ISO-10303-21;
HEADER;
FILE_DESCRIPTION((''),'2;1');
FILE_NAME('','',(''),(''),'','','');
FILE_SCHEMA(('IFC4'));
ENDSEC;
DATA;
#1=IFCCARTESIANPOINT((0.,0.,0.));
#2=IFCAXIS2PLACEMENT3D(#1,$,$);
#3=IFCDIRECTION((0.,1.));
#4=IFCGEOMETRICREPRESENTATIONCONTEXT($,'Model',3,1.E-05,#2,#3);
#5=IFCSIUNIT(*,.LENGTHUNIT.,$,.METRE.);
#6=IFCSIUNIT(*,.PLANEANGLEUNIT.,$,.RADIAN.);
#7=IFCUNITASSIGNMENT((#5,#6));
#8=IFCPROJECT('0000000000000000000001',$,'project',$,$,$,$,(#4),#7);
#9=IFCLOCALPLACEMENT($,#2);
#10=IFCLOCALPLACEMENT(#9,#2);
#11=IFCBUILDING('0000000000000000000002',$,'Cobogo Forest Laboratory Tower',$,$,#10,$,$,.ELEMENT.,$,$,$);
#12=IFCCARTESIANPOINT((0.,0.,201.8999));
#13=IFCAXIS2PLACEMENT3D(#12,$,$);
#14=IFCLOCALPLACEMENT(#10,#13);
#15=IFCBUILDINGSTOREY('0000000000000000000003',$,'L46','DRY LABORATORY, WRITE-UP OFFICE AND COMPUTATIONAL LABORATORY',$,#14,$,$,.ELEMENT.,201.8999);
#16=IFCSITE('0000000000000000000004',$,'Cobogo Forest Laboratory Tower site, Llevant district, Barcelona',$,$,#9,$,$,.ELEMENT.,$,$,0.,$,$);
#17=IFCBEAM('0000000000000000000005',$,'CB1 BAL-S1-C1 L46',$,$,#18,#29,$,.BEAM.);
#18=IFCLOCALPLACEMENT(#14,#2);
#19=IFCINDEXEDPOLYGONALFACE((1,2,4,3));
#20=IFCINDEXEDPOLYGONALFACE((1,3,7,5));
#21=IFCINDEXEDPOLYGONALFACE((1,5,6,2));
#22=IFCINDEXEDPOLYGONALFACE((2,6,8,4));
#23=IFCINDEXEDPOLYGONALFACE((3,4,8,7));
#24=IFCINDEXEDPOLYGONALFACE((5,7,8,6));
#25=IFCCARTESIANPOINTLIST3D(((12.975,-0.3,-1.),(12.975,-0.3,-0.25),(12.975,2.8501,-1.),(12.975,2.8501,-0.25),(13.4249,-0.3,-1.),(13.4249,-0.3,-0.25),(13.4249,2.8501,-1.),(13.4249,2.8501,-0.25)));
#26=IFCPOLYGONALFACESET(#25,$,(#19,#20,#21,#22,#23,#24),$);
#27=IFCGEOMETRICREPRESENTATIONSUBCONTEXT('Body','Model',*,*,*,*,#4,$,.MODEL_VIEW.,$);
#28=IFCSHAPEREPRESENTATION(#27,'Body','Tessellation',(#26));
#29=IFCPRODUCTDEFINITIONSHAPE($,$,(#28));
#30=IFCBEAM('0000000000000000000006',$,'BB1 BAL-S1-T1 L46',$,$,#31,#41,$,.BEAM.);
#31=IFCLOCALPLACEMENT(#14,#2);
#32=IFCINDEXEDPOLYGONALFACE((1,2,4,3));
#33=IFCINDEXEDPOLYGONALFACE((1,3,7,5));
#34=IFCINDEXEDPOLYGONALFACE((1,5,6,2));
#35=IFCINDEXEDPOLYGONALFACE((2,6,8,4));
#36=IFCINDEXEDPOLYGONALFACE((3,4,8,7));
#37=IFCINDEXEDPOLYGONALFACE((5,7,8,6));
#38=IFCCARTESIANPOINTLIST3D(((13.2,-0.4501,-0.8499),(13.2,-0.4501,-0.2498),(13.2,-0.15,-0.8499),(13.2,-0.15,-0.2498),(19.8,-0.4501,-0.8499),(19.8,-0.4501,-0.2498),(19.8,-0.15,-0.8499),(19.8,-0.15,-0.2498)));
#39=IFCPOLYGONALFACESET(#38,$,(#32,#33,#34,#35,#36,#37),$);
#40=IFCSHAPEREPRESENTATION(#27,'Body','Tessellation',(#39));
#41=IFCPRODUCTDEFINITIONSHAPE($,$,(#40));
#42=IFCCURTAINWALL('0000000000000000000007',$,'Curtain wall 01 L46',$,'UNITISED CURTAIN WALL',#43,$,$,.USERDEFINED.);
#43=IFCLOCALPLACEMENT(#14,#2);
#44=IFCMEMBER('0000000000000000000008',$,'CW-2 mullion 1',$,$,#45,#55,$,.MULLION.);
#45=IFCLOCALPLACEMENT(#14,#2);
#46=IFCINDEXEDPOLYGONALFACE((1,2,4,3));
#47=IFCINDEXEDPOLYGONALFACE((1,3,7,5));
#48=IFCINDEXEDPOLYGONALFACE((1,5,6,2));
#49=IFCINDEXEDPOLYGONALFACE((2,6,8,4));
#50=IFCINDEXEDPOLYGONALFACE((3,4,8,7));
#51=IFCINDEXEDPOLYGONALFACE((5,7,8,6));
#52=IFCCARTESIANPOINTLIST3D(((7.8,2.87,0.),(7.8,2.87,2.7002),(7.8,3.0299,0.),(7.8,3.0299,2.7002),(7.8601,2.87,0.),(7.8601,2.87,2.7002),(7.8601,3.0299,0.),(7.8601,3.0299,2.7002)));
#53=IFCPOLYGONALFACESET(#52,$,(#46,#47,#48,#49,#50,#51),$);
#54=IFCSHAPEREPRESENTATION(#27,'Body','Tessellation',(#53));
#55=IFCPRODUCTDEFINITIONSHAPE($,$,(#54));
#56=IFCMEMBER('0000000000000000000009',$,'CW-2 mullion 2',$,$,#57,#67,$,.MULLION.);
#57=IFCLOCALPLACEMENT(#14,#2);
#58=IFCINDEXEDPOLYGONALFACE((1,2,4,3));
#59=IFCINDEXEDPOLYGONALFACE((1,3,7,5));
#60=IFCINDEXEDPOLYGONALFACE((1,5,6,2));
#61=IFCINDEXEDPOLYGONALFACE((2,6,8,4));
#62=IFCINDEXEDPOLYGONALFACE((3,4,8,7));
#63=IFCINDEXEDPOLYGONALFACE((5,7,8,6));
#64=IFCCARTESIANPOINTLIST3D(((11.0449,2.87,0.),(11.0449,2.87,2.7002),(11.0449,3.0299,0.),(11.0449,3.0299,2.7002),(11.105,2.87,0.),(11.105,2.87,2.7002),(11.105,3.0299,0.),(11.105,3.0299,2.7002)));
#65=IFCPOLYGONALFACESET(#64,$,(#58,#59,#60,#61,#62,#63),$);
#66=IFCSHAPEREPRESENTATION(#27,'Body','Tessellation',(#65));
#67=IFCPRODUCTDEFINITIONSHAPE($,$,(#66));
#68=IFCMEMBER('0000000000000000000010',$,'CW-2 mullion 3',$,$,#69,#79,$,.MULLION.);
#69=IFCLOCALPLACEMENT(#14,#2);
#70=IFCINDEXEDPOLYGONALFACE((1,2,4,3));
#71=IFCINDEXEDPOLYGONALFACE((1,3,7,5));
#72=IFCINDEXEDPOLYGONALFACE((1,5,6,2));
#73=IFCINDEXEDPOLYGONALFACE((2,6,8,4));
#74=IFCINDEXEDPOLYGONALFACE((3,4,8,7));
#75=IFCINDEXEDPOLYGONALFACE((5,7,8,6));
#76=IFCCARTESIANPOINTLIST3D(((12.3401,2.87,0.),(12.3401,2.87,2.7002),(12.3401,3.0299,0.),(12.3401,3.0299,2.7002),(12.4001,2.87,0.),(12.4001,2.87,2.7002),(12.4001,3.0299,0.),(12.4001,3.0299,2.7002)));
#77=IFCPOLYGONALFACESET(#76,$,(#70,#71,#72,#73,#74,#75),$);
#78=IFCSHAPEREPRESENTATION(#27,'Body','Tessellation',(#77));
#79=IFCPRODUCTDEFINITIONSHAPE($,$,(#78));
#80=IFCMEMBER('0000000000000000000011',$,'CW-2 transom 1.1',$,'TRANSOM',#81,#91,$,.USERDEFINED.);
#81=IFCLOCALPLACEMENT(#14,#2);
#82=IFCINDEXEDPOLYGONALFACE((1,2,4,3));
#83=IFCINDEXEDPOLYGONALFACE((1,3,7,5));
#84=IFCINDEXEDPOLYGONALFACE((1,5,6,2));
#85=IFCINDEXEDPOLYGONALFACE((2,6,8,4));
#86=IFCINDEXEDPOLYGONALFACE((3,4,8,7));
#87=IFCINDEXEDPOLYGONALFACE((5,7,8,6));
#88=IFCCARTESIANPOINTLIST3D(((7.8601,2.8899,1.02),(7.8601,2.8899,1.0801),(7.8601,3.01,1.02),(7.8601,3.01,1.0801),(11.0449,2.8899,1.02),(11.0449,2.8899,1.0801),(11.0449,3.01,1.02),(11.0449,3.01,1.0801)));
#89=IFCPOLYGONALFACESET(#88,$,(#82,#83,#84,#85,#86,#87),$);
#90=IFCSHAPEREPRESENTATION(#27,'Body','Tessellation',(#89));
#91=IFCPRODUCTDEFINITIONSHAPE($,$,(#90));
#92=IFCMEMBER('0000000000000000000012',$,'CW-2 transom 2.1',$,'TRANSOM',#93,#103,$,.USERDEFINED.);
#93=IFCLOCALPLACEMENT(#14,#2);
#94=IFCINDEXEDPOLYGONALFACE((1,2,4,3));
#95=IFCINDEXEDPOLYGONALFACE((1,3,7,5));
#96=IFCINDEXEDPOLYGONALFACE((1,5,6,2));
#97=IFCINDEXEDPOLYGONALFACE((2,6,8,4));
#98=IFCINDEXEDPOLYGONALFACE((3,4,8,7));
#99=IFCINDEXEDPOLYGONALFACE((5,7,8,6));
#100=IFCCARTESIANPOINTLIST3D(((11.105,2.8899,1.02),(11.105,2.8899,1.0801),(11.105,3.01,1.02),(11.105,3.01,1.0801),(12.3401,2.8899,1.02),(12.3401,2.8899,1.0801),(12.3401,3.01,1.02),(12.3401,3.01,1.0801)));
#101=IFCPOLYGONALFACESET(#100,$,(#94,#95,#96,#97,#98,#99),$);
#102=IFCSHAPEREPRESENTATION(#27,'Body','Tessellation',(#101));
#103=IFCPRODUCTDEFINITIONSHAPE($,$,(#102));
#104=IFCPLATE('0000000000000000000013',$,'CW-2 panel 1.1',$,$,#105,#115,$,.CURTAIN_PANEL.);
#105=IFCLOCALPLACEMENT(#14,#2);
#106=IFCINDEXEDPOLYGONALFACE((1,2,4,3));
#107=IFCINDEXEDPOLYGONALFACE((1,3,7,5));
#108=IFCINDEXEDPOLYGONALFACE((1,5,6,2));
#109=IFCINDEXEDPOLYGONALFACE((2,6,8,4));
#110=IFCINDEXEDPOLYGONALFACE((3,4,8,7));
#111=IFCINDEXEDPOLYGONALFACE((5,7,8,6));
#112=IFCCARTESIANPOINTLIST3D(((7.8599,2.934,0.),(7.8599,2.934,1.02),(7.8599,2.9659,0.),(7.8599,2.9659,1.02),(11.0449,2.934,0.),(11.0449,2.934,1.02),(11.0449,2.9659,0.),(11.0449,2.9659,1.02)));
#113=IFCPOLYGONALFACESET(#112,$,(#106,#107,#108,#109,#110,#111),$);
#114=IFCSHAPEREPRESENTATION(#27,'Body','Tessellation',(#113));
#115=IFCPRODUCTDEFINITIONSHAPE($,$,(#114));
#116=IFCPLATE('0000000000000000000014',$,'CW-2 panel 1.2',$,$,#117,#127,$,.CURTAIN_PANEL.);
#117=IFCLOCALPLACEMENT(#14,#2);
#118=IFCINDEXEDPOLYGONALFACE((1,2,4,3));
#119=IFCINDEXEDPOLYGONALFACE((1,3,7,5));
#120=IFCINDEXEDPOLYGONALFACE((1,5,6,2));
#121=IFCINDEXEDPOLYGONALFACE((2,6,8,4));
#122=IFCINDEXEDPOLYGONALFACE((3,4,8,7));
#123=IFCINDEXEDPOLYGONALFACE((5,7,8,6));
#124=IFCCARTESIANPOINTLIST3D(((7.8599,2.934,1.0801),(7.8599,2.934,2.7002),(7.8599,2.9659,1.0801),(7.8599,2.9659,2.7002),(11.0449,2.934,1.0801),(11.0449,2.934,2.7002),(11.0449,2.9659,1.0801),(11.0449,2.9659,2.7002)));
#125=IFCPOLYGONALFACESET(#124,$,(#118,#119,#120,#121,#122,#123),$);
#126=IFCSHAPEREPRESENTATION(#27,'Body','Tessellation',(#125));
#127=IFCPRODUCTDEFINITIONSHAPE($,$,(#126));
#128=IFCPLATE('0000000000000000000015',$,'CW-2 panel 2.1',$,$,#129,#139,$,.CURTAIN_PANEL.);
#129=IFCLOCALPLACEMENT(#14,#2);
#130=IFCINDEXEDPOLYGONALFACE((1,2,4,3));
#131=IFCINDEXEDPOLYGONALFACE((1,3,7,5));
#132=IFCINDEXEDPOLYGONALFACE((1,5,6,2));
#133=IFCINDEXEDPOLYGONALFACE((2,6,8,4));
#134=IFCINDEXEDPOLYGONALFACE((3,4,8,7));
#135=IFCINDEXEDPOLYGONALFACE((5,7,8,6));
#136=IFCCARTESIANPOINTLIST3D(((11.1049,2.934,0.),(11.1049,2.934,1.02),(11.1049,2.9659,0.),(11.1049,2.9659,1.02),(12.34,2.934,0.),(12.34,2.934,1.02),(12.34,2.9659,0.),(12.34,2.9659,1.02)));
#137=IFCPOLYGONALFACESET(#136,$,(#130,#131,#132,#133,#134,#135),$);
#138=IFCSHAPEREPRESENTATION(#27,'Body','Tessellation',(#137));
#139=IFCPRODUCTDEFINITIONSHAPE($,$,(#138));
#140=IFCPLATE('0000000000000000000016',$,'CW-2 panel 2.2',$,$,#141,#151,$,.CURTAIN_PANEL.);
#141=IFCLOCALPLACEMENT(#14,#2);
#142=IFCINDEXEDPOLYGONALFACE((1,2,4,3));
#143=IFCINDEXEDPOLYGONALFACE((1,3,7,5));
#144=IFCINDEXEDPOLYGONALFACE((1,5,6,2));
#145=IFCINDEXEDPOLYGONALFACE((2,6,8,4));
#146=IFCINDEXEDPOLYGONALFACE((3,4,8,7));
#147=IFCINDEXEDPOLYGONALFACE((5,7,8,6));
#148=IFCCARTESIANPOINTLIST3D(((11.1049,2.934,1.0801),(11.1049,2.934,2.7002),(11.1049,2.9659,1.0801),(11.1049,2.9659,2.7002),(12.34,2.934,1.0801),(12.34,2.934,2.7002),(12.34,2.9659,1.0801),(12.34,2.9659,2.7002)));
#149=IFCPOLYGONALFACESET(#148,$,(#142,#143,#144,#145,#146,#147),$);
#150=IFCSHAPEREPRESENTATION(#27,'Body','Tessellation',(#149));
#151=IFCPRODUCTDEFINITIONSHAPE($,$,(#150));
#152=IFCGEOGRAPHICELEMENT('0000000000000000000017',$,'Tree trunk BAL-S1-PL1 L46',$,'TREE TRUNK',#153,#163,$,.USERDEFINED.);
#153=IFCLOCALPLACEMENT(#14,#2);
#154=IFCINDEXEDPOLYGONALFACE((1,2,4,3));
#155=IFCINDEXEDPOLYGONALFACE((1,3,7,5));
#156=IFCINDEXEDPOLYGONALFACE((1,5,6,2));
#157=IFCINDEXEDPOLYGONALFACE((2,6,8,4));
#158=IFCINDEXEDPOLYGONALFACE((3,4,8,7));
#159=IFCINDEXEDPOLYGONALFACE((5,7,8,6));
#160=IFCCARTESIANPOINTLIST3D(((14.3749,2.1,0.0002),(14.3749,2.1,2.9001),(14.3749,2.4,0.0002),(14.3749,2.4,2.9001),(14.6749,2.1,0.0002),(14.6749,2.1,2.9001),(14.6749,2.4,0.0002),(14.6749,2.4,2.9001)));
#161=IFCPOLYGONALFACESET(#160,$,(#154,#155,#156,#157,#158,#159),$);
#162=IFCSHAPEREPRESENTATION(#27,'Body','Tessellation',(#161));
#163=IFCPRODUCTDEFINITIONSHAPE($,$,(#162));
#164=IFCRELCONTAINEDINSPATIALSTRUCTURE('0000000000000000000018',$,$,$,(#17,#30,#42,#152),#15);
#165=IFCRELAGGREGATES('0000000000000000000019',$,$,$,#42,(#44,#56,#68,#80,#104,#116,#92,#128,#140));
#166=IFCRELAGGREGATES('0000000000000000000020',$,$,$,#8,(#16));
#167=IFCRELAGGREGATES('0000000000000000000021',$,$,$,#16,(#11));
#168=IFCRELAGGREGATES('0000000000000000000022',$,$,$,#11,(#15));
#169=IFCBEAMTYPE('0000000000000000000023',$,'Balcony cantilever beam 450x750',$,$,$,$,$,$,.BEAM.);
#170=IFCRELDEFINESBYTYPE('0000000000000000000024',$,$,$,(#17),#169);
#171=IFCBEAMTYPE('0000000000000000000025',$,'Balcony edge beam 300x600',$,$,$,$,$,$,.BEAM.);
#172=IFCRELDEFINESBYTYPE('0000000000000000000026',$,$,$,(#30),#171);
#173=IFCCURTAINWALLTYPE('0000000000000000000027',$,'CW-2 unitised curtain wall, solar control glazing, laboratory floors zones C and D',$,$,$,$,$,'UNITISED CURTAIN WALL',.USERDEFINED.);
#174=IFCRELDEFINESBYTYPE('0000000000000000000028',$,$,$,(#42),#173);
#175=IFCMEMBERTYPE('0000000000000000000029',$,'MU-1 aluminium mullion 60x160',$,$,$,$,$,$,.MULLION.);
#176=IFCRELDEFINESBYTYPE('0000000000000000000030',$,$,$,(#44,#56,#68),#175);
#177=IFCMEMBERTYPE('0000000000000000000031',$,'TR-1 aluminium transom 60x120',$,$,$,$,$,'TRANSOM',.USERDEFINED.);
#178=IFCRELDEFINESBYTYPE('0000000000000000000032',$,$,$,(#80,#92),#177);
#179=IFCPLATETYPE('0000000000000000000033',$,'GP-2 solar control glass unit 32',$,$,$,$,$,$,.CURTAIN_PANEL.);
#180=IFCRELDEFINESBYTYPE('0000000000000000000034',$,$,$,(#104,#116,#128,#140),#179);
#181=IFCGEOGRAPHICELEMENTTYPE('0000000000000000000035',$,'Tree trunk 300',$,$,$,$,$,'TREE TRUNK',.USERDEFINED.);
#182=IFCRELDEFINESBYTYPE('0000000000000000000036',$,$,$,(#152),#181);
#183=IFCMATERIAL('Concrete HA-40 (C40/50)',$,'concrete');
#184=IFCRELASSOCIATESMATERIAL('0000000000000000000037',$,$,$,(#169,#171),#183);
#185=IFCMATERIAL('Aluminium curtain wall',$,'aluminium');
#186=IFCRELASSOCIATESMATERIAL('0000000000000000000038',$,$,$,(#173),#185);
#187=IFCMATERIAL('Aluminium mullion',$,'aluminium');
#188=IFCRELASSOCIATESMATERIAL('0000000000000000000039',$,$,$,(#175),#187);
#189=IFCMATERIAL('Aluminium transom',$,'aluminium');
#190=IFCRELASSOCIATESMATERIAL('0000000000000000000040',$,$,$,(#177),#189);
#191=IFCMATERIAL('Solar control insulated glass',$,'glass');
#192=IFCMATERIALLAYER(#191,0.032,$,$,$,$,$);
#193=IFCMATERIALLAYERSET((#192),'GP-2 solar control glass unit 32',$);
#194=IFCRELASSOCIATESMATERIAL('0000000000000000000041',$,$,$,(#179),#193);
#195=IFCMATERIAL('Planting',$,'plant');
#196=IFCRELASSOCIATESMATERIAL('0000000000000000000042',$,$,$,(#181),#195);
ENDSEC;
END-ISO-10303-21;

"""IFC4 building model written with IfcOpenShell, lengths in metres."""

from ifc_helpers import new_model, si_unit, direction, frame, origin, origin_2d, place, context, subcontext, project, spatial, rectangle, extrude, material, layer, layer_set, material_profile, profile_set, type_object, element, aggregate, save


model = new_model("IFC4")

# Units and contexts
model_context = context("Model", 3, precision=1e-05, world=origin(), true_north=direction((0.0, 1.0)))
body_context = subcontext(model_context, "Body", "Model", "MODEL_VIEW")
ifc_project = project(units=[si_unit("LENGTHUNIT", "METRE"), si_unit("PLANEANGLEUNIT", "RADIAN")], contexts=[model_context])

# Site, building, storey
site_placement = place(None, origin())
site = spatial("IfcSite", under=ifc_project, at=site_placement, Name="Cobogo Forest Laboratory Tower site, Llevant district, Barcelona", CompositionType="ELEMENT", RefElevation=0.0)
building_placement = place(site_placement, origin())
building = spatial("IfcBuilding", under=site, at=building_placement, Name="Cobogo Forest Laboratory Tower", CompositionType="ELEMENT")
storey_placement = place(building_placement, frame((0.0, 0.0, 201.8999)))
storey = spatial("IfcBuildingStorey", under=building, at=storey_placement, Name="L46", Description="DRY LABORATORY, WRITE-UP OFFICE AND COMPUTATIONAL LABORATORY", CompositionType="ELEMENT", Elevation=201.8999)

# Beams
ifc_material_1 = material(Name="Concrete HA-40 (C40/50)", Category="concrete")
ifc_material_profile_1 = material_profile(ifc_material_1, rectangle(XDim=0.45, YDim=0.75, at=origin_2d()), Name="RC 450x750")
ifc_profile_set_1 = profile_set([ifc_material_profile_1], Name="Concrete HA-40 (C40/50)")
beam_type_1 = type_object("IfcBeamType", Name="Balcony cantilever beam 450x750", PredefinedType="BEAM", material=ifc_profile_set_1)
beam_1_placement = place(storey_placement, frame((13.2, 2.8501, -0.625), z_axis=(0.0, -1.0, 0.0), x_axis=(1.0, 0.0, 0.0)))
element("IfcBeam", 1, at=beam_1_placement, inside=storey, type_object=beam_type_1, Name="CB1 BAL-S1-C1 L46", PredefinedType="BEAM", context=body_context, shape_type="SweptSolid", body=[
    extrude(rectangle(XDim=0.45, YDim=0.75, at=origin_2d()), origin(), (0.0, 0.0, 1.0), 3.1501),
])
ifc_material_profile_2 = material_profile(ifc_material_1, rectangle(XDim=0.3, YDim=0.6001, at=origin_2d()), Name="RC 300x600")
ifc_profile_set_2 = profile_set([ifc_material_profile_2], Name="Concrete HA-40 (C40/50)")
beam_type_2 = type_object("IfcBeamType", Name="Balcony edge beam 300x600", PredefinedType="BEAM", material=ifc_profile_set_2)
beam_2_placement = place(storey_placement, frame((13.2, -0.3, -0.5498), z_axis=(1.0, 0.0, 0.0), x_axis=(0.0, 1.0, 0.0)))
element("IfcBeam", 2, at=beam_2_placement, inside=storey, type_object=beam_type_2, Name="BB1 BAL-S1-T1 L46", PredefinedType="BEAM", context=body_context, shape_type="SweptSolid", body=[
    extrude(rectangle(XDim=0.3, YDim=0.6001, at=origin_2d()), origin(), (0.0, 0.0, 1.0), 6.6001),
])

# Curtain wall, members, plates
ifc_material_2 = material(Name="Aluminium curtain wall", Category="aluminium")
curtain_wall_type = type_object("IfcCurtainWallType", Name="CW-2 unitised curtain wall, solar control glazing, laboratory floors zones C and D", ElementType="UNITISED CURTAIN WALL", PredefinedType="USERDEFINED", material=ifc_material_2)
curtain_wall_placement = place(storey_placement, origin())
curtain_wall = element("IfcCurtainWall", 3, at=curtain_wall_placement, inside=storey, type_object=curtain_wall_type, Name="Curtain wall 01 L46", ObjectType="UNITISED CURTAIN WALL", PredefinedType="USERDEFINED")
ifc_material_3 = material(Name="Aluminium mullion", Category="aluminium")
ifc_material_profile_3 = material_profile(ifc_material_3, rectangle(XDim=0.0601, YDim=0.1599, at=origin_2d()), Name="AL 60x160")
ifc_profile_set_3 = profile_set([ifc_material_profile_3], Name="Aluminium mullion")
member_type_1 = type_object("IfcMemberType", Name="MU-1 aluminium mullion 60x160", PredefinedType="MULLION", material=ifc_profile_set_3)
member_1_placement = place(storey_placement, frame((7.8301, 2.95, 0.0), z_axis=(0.0, 0.0, 1.0), x_axis=(1.0, 0.0, 0.0)))
member_1 = element("IfcMember", 4, at=member_1_placement, type_object=member_type_1, Name="CW-2 mullion 1", PredefinedType="MULLION", context=body_context, shape_type="SweptSolid", body=[
    extrude(rectangle(XDim=0.0601, YDim=0.1599, at=origin_2d()), origin(), (0.0, 0.0, 1.0), 2.7002),
])
member_2_placement = place(storey_placement, frame((11.075, 2.95, 0.0), z_axis=(0.0, 0.0, 1.0), x_axis=(1.0, 0.0, 0.0)))
member_2 = element("IfcMember", 5, at=member_2_placement, type_object=member_type_1, Name="CW-2 mullion 2", PredefinedType="MULLION", context=body_context, shape_type="SweptSolid", body=[
    extrude(rectangle(XDim=0.0601, YDim=0.1599, at=origin_2d()), origin(), (0.0, 0.0, 1.0), 2.7002),
])
member_3_placement = place(storey_placement, frame((12.3701, 2.95, 0.0), z_axis=(0.0, 0.0, 1.0), x_axis=(1.0, 0.0, 0.0)))
member_3 = element("IfcMember", 6, at=member_3_placement, type_object=member_type_1, Name="CW-2 mullion 3", PredefinedType="MULLION", context=body_context, shape_type="SweptSolid", body=[
    extrude(rectangle(XDim=0.0601, YDim=0.1599, at=origin_2d()), origin(), (0.0, 0.0, 1.0), 2.7002),
])
ifc_material_4 = material(Name="Aluminium transom", Category="aluminium")
ifc_material_profile_4 = material_profile(ifc_material_4, rectangle(XDim=0.1201, YDim=0.0601, at=origin_2d()), Name="AL 60x120")
ifc_profile_set_4 = profile_set([ifc_material_profile_4], Name="Aluminium transom")
member_type_2 = type_object("IfcMemberType", Name="TR-1 aluminium transom 60x120", ElementType="TRANSOM", PredefinedType="USERDEFINED", material=ifc_profile_set_4)
member_4_placement = place(storey_placement, frame((7.8601, 2.95, 1.05), z_axis=(1.0, 0.0, 0.0), x_axis=(0.0, 1.0, 0.0)))
member_4 = element("IfcMember", 7, at=member_4_placement, type_object=member_type_2, Name="CW-2 transom 1.1", ObjectType="TRANSOM", PredefinedType="USERDEFINED", context=body_context, shape_type="SweptSolid", body=[
    extrude(rectangle(XDim=0.1201, YDim=0.0601, at=origin_2d()), origin(), (0.0, 0.0, 1.0), 3.1848),
])
member_5_placement = place(storey_placement, frame((11.105, 2.95, 1.05), z_axis=(1.0, 0.0, 0.0), x_axis=(0.0, 1.0, 0.0)))
member_5 = element("IfcMember", 8, at=member_5_placement, type_object=member_type_2, Name="CW-2 transom 2.1", ObjectType="TRANSOM", PredefinedType="USERDEFINED", context=body_context, shape_type="SweptSolid", body=[
    extrude(rectangle(XDim=0.1201, YDim=0.0601, at=origin_2d()), origin(), (0.0, 0.0, 1.0), 1.2351),
])
ifc_material_5 = material(Name="Solar control insulated glass", Category="glass")
ifc_layer = layer(ifc_material_5, 0.032)
ifc_layer_set = layer_set([ifc_layer], Name="GP-2 solar control glass unit 32")
plate_type = type_object("IfcPlateType", Name="GP-2 solar control glass unit 32", PredefinedType="CURTAIN_PANEL", material=ifc_layer_set)
plate_1_placement = place(storey_placement, frame((9.4524, 2.95, 0.0), z_axis=(0.0, 0.0, 1.0), x_axis=(1.0, 0.0, 0.0)))
plate_1 = element("IfcPlate", 9, at=plate_1_placement, type_object=plate_type, Name="CW-2 panel 1.1", PredefinedType="CURTAIN_PANEL", context=body_context, shape_type="SweptSolid", body=[
    extrude(rectangle(XDim=3.1851, YDim=0.032, at=origin_2d()), origin(), (0.0, 0.0, 1.0), 1.02),
])
plate_2_placement = place(storey_placement, frame((9.4524, 2.95, 1.0801), z_axis=(0.0, 0.0, 1.0), x_axis=(1.0, 0.0, 0.0)))
plate_2 = element("IfcPlate", 10, at=plate_2_placement, type_object=plate_type, Name="CW-2 panel 1.2", PredefinedType="CURTAIN_PANEL", context=body_context, shape_type="SweptSolid", body=[
    extrude(rectangle(XDim=3.1851, YDim=0.032, at=origin_2d()), origin(), (0.0, 0.0, 1.0), 1.6201),
])
plate_3_placement = place(storey_placement, frame((11.7224, 2.95, 0.0), z_axis=(0.0, 0.0, 1.0), x_axis=(1.0, 0.0, 0.0)))
plate_3 = element("IfcPlate", 11, at=plate_3_placement, type_object=plate_type, Name="CW-2 panel 2.1", PredefinedType="CURTAIN_PANEL", context=body_context, shape_type="SweptSolid", body=[
    extrude(rectangle(XDim=1.2351, YDim=0.032, at=origin_2d()), origin(), (0.0, 0.0, 1.0), 1.02),
])
plate_4_placement = place(storey_placement, frame((11.7224, 2.95, 1.0801), z_axis=(0.0, 0.0, 1.0), x_axis=(1.0, 0.0, 0.0)))
plate_4 = element("IfcPlate", 12, at=plate_4_placement, type_object=plate_type, Name="CW-2 panel 2.2", PredefinedType="CURTAIN_PANEL", context=body_context, shape_type="SweptSolid", body=[
    extrude(rectangle(XDim=1.2351, YDim=0.032, at=origin_2d()), origin(), (0.0, 0.0, 1.0), 1.6201),
])
aggregate(curtain_wall, [member_1, member_2, member_3, member_4, plate_1, plate_2, member_5, plate_3, plate_4])

# Geographic element
ifc_material_6 = material(Name="Planting", Category="plant")
geographic_element_type = type_object("IfcGeographicElementType", Name="Tree trunk 300", ElementType="TREE TRUNK", PredefinedType="USERDEFINED", material=ifc_material_6)
geographic_element_placement = place(storey_placement, frame((14.5249, 2.25, 0.0002), z_axis=(0.0, 0.0, 1.0), x_axis=(1.0, 0.0, 0.0)))
element("IfcGeographicElement", 13, at=geographic_element_placement, inside=storey, type_object=geographic_element_type, Name="Tree trunk BAL-S1-PL1 L46", ObjectType="TREE TRUNK", PredefinedType="USERDEFINED", context=body_context, shape_type="SweptSolid", body=[
    extrude(rectangle(XDim=0.3, YDim=0.3, at=origin_2d()), origin(), (0.0, 0.0, 1.0), 2.8999),
])

save(model, "model.ifc")
